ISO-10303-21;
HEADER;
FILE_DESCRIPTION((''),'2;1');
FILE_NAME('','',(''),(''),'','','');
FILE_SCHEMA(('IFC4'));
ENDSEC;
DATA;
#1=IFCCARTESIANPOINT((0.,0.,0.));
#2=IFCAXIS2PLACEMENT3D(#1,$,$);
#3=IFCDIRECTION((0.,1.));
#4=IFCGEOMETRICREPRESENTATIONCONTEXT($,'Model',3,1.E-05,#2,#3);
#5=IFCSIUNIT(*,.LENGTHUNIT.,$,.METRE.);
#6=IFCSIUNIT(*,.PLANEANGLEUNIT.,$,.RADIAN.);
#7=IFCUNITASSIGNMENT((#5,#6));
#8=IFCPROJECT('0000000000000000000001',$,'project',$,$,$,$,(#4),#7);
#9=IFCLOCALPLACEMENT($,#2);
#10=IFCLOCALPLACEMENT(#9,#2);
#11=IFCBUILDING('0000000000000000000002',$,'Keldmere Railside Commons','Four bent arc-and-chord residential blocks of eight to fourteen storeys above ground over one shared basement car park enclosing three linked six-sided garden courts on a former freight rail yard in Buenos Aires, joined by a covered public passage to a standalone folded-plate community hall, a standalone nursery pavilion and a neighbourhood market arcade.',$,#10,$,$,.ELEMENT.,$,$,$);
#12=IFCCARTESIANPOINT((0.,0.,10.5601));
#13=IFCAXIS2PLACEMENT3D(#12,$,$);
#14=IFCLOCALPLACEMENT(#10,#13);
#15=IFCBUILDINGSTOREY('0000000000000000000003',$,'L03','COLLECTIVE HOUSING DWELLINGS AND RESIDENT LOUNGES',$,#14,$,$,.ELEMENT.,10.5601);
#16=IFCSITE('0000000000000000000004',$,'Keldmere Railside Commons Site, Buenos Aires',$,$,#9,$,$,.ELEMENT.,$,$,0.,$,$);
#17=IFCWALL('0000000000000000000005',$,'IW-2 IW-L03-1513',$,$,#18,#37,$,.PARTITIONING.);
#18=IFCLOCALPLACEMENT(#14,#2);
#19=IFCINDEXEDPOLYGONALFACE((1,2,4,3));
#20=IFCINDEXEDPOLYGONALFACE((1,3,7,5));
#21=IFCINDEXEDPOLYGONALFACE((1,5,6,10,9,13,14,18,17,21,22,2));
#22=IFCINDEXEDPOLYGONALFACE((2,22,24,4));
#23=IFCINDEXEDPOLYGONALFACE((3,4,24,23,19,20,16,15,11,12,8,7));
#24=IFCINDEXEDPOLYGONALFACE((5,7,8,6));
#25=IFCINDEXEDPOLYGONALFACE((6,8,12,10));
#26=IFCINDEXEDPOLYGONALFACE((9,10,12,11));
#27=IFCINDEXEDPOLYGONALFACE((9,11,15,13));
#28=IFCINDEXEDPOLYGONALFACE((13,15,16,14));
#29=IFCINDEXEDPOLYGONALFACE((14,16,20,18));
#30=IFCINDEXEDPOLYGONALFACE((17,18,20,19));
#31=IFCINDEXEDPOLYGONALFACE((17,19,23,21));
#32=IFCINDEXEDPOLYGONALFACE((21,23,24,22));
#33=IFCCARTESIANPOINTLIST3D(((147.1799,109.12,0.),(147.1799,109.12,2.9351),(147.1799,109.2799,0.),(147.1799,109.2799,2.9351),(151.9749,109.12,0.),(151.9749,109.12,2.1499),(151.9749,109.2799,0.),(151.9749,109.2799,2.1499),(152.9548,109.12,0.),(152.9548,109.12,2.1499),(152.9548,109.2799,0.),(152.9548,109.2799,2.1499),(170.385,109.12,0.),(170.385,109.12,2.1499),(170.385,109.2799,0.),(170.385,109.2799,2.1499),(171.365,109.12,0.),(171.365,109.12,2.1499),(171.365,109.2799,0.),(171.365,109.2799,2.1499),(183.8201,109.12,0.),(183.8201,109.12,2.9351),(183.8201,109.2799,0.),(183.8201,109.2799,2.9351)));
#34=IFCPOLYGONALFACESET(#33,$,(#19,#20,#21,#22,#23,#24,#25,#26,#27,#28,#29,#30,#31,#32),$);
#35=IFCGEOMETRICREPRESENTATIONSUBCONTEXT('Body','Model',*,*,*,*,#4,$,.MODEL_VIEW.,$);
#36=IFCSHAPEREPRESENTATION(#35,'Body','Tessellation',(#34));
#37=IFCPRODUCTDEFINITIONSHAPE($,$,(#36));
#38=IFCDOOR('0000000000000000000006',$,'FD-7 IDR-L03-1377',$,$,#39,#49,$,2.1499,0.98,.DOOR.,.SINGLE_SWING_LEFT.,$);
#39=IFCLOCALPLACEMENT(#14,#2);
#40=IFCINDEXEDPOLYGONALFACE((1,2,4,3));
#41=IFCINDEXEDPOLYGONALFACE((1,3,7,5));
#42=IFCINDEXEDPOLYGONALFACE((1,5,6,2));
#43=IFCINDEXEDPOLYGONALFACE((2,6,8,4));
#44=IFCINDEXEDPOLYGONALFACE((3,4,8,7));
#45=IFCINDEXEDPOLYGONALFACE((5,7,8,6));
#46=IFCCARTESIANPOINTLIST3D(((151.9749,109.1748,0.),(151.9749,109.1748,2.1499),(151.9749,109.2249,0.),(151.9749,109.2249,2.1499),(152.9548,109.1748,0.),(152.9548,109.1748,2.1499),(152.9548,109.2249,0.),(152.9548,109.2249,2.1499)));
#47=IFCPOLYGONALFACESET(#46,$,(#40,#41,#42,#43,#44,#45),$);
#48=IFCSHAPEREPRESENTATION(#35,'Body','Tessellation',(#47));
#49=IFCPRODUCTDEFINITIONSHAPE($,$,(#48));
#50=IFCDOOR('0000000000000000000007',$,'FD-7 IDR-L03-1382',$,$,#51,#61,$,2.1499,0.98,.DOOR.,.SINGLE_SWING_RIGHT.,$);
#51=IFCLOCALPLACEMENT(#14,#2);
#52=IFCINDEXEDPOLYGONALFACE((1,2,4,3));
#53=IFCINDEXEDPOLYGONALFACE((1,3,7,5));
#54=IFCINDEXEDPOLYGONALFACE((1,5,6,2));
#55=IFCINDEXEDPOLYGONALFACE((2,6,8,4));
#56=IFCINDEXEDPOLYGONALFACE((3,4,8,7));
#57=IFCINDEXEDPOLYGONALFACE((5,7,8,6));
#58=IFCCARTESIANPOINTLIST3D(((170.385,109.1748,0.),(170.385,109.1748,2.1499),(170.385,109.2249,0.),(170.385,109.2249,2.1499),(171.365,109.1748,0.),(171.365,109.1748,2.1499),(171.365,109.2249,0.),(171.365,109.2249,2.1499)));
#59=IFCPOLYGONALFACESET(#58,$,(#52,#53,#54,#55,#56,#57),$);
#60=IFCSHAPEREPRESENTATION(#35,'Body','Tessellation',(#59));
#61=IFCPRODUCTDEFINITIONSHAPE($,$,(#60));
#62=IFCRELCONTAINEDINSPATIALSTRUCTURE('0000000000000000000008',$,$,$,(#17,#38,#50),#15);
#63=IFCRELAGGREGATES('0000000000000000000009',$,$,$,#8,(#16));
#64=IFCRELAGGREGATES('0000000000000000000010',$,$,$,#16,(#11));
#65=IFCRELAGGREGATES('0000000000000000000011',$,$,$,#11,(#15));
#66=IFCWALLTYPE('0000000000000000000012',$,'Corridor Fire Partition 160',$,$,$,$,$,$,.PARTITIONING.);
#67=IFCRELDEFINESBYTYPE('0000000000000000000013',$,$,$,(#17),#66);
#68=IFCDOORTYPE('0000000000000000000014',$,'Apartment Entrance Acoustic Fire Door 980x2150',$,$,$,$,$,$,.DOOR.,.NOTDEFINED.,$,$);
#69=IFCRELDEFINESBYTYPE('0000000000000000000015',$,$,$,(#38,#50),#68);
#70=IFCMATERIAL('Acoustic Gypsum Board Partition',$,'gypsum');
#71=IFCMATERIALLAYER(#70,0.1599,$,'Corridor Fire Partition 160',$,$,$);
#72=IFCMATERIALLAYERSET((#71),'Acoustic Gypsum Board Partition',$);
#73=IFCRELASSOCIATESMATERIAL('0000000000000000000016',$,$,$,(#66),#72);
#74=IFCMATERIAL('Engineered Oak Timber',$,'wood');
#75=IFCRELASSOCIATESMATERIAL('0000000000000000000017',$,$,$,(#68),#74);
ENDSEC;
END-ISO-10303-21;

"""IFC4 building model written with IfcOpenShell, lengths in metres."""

from ifc_helpers import new_model, si_unit, direction, frame, frame_2d, origin, place, context, subcontext, project, spatial, rectangle, extrude, material, layer, layer_set, type_object, element, fill, save


model = new_model("IFC4")

# Units and contexts
model_context = context("Model", 3, precision=1e-05, world=origin(), true_north=direction((0.0, 1.0)))
body_context = subcontext(model_context, "Body", "Model", "MODEL_VIEW")
ifc_project = project(units=[si_unit("LENGTHUNIT", "METRE"), si_unit("PLANEANGLEUNIT", "RADIAN")], contexts=[model_context])

# Site, building, storey
site_placement = place(None, origin())
site = spatial("IfcSite", under=ifc_project, at=site_placement, Name="Keldmere Railside Commons Site, Buenos Aires", CompositionType="ELEMENT", RefElevation=0.0)
building_placement = place(site_placement, origin())
building = spatial("IfcBuilding", under=site, at=building_placement, Name="Keldmere Railside Commons", Description="Four bent arc-and-chord residential blocks of eight to fourteen storeys above ground over one shared basement car park enclosing three linked six-sided garden courts on a former freight rail yard in Buenos Aires, joined by a covered public passage to a standalone folded-plate community hall, a standalone nursery pavilion and a neighbourhood market arcade.", CompositionType="ELEMENT")
storey_placement = place(building_placement, frame((0.0, 0.0, 10.5601)))
storey = spatial("IfcBuildingStorey", under=building, at=storey_placement, Name="L03", Description="COLLECTIVE HOUSING DWELLINGS AND RESIDENT LOUNGES", CompositionType="ELEMENT", Elevation=10.5601)

# Shared definitions
ifc_material_1 = material(Name="Acoustic Gypsum Board Partition", Category="gypsum")
ifc_material_2 = material(Name="Engineered Oak Timber", Category="wood")

# Wall, openings, doors
ifc_layer_1 = layer(ifc_material_1, 0.1599, Name="Corridor Fire Partition 160")
ifc_layer_set_1 = layer_set([ifc_layer_1], Name="Acoustic Gypsum Board Partition")
wall_type_1 = type_object("IfcWallType", Name="Corridor Fire Partition 160", PredefinedType="PARTITIONING", material=ifc_layer_set_1)
door_type_1 = type_object("IfcDoorType", Name="Apartment Entrance Acoustic Fire Door 980x2150", OperationType="NOTDEFINED", PredefinedType="DOOR", material=ifc_material_2)
wall_1_placement = place(storey_placement, frame((147.1799, 109.2, 0.0), z_axis=(0.0, 0.0, 1.0), x_axis=(1.0, 0.0, 0.0)))
wall_1 = element("IfcWall", 1, at=wall_1_placement, inside=storey, type_object=wall_type_1, Name="IW-2 IW-L03-1513", PredefinedType="PARTITIONING", context=body_context, shape_type="SweptSolid", body=[
    extrude(rectangle(XDim=36.6401, YDim=0.1599, at=frame_2d((18.3201, 0.0))), origin(), (0.0, 0.0, 1.0), 2.9351),
])
opening_1_placement = place(wall_1_placement, frame((4.7949, 0.0, 0.0)))
opening_1 = element("IfcOpeningElement", 2, at=opening_1_placement, cuts=wall_1, PredefinedType="OPENING", context=body_context, shape_type="SweptSolid", body=[
    extrude(rectangle(XDim=0.98, YDim=2.1499, at=frame_2d((0.49, 1.075))), frame((0.0, 0.0898, 0.0), z_axis=(0.0, -1.0, 0.0), x_axis=(1.0, 0.0, 0.0)), (0.0, 0.0, 1.0), 0.1799),
])
opening_2_placement = place(wall_1_placement, frame((23.2051, 0.0, 0.0)))
opening_2 = element("IfcOpeningElement", 3, at=opening_2_placement, cuts=wall_1, PredefinedType="OPENING", context=body_context, shape_type="SweptSolid", body=[
    extrude(rectangle(XDim=0.98, YDim=2.1499, at=frame_2d((0.49, 1.075))), frame((0.0, 0.0898, 0.0), z_axis=(0.0, -1.0, 0.0), x_axis=(1.0, 0.0, 0.0)), (0.0, 0.0, 1.0), 0.1799),
])
door_1_placement = place(opening_1_placement, origin())
door_1 = element("IfcDoor", 4, at=door_1_placement, inside=storey, type_object=door_type_1, Name="FD-7 IDR-L03-1377", OperationType="SINGLE_SWING_LEFT", OverallHeight=2.1499, OverallWidth=0.98, PredefinedType="DOOR", context=body_context, shape_type="SweptSolid", body=[
    extrude(rectangle(XDim=0.98, YDim=2.1499, at=frame_2d((0.49, 1.075))), frame((0.0, 0.0249, 0.0), z_axis=(0.0, -1.0, 0.0), x_axis=(1.0, 0.0, 0.0)), (0.0, 0.0, 1.0), 0.05),
])
fill(opening_1, door_1)
door_2_placement = place(opening_2_placement, origin())
door_2 = element("IfcDoor", 5, at=door_2_placement, inside=storey, type_object=door_type_1, Name="FD-7 IDR-L03-1382", OperationType="SINGLE_SWING_RIGHT", OverallHeight=2.1499, OverallWidth=0.98, PredefinedType="DOOR", context=body_context, shape_type="SweptSolid", body=[
    extrude(rectangle(XDim=0.98, YDim=2.1499, at=frame_2d((0.49, 1.075))), frame((0.0, 0.0249, 0.0), z_axis=(0.0, -1.0, 0.0), x_axis=(1.0, 0.0, 0.0)), (0.0, 0.0, 1.0), 0.05),
])
fill(opening_2, door_2)

save(model, "model.ifc")
